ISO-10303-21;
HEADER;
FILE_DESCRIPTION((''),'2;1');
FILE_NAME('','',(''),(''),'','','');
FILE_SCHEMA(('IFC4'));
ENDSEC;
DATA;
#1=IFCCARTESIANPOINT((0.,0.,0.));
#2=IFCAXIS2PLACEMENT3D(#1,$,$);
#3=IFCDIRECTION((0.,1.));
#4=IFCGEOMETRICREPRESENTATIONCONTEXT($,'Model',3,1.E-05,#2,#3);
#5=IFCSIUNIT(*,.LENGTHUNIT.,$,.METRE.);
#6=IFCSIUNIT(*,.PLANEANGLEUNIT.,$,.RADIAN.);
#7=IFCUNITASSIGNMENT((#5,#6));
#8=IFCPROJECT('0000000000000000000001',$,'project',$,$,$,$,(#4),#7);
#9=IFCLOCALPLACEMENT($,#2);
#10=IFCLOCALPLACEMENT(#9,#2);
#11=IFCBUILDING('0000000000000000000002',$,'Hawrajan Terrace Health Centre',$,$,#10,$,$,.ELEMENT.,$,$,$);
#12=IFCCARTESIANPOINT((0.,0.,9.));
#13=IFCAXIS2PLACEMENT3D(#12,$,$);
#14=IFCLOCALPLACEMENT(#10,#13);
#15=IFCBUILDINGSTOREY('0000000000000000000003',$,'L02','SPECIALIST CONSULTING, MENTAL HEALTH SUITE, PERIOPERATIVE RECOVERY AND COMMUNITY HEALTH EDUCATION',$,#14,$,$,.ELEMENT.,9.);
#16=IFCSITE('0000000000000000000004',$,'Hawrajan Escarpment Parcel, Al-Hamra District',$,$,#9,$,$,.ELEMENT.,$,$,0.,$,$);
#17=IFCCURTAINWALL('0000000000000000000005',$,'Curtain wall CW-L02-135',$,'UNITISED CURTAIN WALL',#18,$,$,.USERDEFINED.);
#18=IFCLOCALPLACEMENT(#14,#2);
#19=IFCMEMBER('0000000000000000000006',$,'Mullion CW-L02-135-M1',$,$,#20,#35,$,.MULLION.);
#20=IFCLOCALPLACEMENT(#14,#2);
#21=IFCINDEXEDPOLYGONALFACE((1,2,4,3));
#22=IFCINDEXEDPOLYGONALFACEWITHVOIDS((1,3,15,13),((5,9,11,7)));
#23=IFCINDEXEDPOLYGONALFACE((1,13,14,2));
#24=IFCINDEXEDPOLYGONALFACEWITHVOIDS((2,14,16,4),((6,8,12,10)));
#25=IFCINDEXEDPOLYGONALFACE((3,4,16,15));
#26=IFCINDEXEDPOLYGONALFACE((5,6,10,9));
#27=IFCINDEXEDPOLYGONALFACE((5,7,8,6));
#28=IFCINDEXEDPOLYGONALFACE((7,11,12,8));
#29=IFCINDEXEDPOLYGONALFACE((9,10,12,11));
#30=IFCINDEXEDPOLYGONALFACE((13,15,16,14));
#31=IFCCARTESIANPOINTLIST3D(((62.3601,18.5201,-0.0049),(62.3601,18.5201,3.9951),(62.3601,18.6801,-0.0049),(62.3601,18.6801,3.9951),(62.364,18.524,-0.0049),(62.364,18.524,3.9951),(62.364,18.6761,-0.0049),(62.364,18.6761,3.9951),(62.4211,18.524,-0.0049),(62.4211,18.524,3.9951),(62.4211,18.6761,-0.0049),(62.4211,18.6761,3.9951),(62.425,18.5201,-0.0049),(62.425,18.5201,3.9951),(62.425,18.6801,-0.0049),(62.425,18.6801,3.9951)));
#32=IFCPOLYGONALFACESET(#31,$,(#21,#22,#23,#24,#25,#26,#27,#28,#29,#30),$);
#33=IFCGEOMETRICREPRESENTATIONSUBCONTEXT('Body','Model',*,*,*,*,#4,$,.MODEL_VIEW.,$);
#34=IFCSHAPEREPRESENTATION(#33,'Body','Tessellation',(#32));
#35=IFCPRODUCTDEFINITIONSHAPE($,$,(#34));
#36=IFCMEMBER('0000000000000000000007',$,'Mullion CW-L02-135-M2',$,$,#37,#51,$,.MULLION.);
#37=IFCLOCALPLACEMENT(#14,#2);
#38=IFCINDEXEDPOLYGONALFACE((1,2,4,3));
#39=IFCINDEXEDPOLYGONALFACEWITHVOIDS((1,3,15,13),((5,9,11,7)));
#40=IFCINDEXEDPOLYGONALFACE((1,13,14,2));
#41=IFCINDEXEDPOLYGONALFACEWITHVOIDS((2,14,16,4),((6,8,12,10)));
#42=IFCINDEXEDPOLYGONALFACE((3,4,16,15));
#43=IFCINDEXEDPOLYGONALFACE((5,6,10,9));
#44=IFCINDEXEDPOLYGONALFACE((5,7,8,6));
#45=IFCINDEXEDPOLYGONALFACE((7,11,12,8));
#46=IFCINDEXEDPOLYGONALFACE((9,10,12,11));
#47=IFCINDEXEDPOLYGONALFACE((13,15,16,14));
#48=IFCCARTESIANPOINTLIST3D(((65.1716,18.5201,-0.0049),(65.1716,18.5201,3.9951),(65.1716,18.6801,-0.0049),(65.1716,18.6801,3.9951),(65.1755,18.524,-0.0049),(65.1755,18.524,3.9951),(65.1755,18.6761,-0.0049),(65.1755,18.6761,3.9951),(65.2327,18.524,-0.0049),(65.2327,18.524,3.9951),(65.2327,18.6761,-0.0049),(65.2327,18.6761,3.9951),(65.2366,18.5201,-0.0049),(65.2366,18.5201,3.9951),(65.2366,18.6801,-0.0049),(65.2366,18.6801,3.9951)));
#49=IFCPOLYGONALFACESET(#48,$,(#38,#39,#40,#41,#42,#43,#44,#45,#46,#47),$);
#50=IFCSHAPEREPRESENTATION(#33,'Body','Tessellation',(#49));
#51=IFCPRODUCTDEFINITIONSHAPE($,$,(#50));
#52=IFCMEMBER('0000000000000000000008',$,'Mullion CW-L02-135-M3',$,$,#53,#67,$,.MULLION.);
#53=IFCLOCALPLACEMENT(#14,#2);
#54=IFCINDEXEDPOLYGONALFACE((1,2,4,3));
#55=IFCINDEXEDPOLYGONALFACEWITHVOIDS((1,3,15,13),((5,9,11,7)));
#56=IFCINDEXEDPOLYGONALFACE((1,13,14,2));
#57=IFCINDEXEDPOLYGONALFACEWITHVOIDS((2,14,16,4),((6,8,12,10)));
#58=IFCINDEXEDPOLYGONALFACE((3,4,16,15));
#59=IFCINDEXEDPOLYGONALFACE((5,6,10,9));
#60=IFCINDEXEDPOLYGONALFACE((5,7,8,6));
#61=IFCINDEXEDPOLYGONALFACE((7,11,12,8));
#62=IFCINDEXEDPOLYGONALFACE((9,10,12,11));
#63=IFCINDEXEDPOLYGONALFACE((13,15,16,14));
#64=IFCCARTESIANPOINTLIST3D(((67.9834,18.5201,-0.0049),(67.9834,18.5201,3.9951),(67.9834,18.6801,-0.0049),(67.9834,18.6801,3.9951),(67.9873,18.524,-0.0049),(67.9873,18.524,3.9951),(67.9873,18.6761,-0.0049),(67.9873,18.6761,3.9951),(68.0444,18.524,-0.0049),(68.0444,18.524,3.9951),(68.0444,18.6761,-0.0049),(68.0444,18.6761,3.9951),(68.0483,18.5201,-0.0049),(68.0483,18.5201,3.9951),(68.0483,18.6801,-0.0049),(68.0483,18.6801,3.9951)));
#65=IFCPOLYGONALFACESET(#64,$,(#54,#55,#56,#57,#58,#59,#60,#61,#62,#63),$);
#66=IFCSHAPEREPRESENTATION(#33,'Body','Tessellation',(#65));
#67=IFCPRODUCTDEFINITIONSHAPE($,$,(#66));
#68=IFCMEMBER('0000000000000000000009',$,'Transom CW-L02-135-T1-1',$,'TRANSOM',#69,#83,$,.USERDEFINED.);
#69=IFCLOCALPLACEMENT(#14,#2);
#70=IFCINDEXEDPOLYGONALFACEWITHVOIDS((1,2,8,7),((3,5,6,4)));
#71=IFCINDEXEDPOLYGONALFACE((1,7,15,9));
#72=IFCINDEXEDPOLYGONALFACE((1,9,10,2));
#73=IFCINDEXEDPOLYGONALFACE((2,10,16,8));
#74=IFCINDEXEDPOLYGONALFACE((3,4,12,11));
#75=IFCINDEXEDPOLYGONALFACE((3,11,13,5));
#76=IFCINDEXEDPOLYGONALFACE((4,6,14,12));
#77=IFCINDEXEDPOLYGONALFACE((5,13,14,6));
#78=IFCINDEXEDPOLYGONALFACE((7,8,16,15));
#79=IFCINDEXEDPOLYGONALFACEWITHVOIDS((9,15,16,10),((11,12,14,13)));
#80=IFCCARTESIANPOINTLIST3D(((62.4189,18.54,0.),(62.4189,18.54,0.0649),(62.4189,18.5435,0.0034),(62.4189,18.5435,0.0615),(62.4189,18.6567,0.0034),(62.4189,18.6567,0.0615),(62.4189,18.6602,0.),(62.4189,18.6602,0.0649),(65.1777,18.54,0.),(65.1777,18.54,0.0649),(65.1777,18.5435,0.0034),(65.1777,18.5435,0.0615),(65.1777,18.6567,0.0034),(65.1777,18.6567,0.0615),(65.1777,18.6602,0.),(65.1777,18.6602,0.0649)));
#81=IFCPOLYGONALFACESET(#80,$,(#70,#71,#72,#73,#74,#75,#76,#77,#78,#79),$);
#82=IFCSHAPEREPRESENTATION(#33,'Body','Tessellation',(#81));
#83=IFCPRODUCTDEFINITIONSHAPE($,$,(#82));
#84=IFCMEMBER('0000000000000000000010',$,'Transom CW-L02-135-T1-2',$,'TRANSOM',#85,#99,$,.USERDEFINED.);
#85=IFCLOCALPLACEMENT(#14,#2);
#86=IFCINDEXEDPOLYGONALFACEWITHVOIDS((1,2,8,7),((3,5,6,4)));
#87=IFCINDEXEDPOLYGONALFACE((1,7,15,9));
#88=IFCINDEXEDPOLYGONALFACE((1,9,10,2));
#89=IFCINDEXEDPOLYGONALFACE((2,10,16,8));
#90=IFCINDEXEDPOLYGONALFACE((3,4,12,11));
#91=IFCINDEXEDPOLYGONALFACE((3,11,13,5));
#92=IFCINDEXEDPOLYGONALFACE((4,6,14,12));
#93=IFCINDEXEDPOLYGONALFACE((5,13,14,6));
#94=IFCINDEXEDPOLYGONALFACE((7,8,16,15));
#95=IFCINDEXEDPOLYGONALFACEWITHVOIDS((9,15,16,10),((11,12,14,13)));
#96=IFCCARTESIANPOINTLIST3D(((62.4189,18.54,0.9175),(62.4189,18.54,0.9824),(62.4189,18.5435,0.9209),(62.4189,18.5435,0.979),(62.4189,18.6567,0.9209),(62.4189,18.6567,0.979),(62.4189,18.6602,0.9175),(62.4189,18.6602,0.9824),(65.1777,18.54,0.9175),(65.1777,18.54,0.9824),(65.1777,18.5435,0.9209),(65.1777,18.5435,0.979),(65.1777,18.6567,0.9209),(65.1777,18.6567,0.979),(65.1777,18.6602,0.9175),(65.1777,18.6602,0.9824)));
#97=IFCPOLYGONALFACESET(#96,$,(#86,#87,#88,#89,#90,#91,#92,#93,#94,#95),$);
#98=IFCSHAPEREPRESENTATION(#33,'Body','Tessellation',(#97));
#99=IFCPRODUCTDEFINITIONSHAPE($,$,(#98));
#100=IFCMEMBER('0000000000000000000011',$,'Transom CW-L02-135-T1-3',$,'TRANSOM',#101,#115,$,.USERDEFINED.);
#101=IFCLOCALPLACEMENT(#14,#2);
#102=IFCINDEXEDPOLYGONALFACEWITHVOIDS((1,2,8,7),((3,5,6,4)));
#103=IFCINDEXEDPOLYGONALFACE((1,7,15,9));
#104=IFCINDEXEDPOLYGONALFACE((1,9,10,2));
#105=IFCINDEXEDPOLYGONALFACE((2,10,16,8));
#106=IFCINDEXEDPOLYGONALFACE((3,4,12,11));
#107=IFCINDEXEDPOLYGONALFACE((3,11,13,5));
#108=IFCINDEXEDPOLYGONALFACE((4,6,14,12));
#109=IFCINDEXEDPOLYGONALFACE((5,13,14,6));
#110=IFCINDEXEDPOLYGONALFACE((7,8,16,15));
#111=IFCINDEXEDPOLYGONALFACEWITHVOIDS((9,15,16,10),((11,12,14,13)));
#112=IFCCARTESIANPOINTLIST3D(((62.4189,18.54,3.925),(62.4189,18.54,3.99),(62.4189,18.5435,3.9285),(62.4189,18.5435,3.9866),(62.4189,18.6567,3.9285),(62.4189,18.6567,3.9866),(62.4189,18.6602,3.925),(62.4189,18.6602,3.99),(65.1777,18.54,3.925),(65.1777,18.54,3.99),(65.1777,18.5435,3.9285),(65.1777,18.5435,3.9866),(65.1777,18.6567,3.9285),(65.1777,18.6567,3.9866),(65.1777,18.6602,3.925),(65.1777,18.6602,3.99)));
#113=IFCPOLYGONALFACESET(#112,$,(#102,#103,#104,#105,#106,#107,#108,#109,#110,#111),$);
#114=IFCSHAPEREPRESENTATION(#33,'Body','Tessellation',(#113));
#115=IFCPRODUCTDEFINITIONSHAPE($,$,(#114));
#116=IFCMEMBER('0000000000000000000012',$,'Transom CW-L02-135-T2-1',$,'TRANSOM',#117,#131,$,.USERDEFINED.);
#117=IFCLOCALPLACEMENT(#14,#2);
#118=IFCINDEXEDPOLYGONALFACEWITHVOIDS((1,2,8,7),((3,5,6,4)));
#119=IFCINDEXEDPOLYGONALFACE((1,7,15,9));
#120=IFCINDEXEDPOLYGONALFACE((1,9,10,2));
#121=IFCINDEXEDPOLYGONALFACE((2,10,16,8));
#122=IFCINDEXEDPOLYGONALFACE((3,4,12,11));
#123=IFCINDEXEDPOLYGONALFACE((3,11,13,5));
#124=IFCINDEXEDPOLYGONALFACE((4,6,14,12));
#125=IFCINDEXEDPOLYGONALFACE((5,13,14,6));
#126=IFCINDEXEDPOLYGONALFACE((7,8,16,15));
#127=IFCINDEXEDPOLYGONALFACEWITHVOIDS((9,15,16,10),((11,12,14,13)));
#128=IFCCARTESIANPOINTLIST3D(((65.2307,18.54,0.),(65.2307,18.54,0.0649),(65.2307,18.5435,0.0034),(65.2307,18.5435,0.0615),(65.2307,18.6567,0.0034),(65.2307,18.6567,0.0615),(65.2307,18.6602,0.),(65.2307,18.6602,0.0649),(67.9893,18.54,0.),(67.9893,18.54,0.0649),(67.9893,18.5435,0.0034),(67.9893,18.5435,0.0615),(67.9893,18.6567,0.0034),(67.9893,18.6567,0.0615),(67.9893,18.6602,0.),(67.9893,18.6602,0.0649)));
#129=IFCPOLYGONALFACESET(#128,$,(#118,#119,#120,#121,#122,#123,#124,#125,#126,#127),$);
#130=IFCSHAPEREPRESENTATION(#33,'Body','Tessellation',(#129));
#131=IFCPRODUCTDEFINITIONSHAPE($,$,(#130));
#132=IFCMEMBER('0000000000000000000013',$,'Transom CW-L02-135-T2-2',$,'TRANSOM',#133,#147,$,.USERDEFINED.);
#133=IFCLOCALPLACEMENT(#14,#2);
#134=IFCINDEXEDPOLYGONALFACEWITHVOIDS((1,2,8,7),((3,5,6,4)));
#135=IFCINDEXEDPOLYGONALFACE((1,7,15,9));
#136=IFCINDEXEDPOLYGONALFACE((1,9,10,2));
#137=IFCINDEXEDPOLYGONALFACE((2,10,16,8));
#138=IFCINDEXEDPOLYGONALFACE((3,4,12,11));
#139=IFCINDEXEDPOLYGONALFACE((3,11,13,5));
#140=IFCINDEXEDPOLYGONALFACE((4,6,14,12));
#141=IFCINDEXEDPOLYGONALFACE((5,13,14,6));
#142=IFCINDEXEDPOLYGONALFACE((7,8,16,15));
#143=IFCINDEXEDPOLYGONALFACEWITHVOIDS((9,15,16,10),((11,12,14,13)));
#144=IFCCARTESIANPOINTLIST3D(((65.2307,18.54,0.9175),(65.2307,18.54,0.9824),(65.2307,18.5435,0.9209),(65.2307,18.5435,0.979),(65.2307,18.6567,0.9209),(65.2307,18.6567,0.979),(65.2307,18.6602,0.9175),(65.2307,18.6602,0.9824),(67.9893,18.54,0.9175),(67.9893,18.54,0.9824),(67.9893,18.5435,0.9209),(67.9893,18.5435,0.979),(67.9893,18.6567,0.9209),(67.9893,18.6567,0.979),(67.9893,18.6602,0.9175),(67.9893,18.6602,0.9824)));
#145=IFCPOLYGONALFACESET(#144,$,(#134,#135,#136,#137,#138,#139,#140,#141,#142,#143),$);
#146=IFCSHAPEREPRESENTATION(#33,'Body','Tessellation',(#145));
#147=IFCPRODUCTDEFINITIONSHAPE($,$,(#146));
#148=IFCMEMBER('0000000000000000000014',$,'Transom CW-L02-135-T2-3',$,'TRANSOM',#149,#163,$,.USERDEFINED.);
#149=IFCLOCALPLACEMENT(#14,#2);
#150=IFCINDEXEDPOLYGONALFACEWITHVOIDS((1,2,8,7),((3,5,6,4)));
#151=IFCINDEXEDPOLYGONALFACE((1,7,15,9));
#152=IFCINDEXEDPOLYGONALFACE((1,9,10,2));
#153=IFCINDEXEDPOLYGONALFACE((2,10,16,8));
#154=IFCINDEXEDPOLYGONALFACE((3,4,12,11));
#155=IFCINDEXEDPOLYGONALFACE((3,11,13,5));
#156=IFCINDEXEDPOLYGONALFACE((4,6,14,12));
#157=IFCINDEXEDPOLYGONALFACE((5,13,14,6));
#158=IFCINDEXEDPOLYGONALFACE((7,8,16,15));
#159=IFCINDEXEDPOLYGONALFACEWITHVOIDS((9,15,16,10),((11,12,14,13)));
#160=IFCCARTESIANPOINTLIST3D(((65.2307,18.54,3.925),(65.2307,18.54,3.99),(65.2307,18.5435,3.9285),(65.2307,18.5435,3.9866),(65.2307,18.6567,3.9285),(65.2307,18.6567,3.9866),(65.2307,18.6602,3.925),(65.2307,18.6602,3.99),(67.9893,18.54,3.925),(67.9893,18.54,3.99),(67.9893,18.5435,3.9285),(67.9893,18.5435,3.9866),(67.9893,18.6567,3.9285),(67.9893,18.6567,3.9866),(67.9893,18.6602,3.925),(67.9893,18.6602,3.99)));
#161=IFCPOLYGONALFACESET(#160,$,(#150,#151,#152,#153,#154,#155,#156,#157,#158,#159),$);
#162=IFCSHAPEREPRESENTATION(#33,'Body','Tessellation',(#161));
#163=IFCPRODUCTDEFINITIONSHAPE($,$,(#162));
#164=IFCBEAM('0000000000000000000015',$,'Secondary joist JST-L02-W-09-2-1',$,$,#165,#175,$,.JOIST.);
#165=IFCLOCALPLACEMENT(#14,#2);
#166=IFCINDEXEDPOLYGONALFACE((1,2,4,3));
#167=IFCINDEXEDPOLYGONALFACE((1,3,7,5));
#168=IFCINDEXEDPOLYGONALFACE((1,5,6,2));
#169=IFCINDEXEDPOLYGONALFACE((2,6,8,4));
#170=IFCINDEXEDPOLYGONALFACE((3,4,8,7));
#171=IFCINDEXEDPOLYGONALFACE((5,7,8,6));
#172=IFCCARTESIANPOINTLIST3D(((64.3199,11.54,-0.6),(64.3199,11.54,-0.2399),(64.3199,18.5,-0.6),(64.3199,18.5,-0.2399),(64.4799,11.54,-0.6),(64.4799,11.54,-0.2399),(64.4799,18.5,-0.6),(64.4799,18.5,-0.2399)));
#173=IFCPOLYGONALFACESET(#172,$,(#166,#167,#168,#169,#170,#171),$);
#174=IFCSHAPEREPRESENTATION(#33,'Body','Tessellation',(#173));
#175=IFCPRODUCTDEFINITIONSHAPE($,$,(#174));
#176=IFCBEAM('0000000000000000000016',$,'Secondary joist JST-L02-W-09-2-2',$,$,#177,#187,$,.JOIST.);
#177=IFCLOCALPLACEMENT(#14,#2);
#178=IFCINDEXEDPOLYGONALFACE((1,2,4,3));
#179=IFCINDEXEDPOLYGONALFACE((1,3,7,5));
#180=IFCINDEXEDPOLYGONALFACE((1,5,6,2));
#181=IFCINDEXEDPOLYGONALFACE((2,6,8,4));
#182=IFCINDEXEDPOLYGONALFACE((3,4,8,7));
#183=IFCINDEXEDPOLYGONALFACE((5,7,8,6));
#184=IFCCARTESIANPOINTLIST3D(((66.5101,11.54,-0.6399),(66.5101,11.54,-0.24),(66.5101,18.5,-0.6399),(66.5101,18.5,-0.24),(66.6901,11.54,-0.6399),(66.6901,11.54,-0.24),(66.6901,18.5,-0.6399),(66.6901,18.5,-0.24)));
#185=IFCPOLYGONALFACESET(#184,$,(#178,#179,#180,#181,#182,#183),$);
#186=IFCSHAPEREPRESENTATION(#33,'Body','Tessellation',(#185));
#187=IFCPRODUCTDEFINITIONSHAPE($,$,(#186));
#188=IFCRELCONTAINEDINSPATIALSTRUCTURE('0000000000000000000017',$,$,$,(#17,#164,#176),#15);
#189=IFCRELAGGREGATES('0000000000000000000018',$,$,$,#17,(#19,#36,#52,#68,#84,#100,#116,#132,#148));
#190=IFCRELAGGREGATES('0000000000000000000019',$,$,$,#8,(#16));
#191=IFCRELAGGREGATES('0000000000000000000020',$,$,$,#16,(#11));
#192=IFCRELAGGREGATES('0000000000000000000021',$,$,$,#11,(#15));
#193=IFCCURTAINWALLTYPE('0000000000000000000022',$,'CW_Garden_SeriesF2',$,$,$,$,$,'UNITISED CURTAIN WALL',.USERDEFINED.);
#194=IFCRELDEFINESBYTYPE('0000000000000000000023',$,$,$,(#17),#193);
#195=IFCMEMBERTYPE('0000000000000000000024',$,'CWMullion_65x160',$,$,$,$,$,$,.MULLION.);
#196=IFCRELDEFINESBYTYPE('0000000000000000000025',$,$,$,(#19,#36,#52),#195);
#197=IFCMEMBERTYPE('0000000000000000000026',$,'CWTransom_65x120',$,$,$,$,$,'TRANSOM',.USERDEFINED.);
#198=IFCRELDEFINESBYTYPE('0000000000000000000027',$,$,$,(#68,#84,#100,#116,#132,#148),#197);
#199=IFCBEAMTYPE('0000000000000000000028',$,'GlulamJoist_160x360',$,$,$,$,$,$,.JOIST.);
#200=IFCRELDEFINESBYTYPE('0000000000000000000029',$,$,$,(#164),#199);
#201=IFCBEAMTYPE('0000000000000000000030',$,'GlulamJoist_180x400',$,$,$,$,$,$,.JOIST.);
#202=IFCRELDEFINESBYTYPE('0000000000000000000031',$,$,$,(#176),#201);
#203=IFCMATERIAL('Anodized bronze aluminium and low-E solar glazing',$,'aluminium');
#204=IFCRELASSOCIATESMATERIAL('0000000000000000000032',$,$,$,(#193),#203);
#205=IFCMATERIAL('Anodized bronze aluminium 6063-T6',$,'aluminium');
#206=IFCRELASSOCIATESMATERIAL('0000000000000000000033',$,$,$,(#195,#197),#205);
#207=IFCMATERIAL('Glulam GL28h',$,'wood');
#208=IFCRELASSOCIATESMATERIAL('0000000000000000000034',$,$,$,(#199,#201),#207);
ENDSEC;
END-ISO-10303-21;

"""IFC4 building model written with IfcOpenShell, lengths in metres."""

from ifc_helpers import new_model, si_unit, direction, frame, origin, origin_2d, place, context, subcontext, project, spatial, rectangle, hollow_rectangle, extrude, material, material_profile, profile_set, type_object, element, aggregate, save


model = new_model("IFC4")

# Units and contexts
model_context = context("Model", 3, precision=1e-05, world=origin(), true_north=direction((0.0, 1.0)))
body_context = subcontext(model_context, "Body", "Model", "MODEL_VIEW")
ifc_project = project(units=[si_unit("LENGTHUNIT", "METRE"), si_unit("PLANEANGLEUNIT", "RADIAN")], contexts=[model_context])

# Site, building, storey
site_placement = place(None, origin())
site = spatial("IfcSite", under=ifc_project, at=site_placement, Name="Hawrajan Escarpment Parcel, Al-Hamra District", CompositionType="ELEMENT", RefElevation=0.0)
building_placement = place(site_placement, origin())
building = spatial("IfcBuilding", under=site, at=building_placement, Name="Hawrajan Terrace Health Centre", CompositionType="ELEMENT")
storey_placement = place(building_placement, frame((0.0, 0.0, 9.0)))
storey = spatial("IfcBuildingStorey", under=building, at=storey_placement, Name="L02", Description="SPECIALIST CONSULTING, MENTAL HEALTH SUITE, PERIOPERATIVE RECOVERY AND COMMUNITY HEALTH EDUCATION", CompositionType="ELEMENT", Elevation=9.0)

# Curtain wall, members
ifc_material_1 = material(Name="Anodized bronze aluminium and low-E solar glazing", Category="aluminium")
curtain_wall_type = type_object("IfcCurtainWallType", Name="CW_Garden_SeriesF2", ElementType="UNITISED CURTAIN WALL", PredefinedType="USERDEFINED", material=ifc_material_1)
curtain_wall_placement = place(storey_placement, origin())
curtain_wall = element("IfcCurtainWall", 1, at=curtain_wall_placement, inside=storey, type_object=curtain_wall_type, Name="Curtain wall CW-L02-135", ObjectType="UNITISED CURTAIN WALL", PredefinedType="USERDEFINED")
ifc_material_2 = material(Name="Anodized bronze aluminium 6063-T6", Category="aluminium")
ifc_material_profile_1 = material_profile(ifc_material_2, hollow_rectangle(XDim=0.0649, YDim=0.1599, WallThickness=0.0039, at=origin_2d()), Name="CW MUL 65x160")
ifc_profile_set_1 = profile_set([ifc_material_profile_1], Name="Anodized bronze aluminium 6063-T6")
member_type_1 = type_object("IfcMemberType", Name="CWMullion_65x160", PredefinedType="MULLION", material=ifc_profile_set_1)
member_1_placement = place(storey_placement, frame((62.3926, 18.6001, -0.0049), z_axis=(0.0, 0.0, 1.0), x_axis=(1.0, 0.0, 0.0)))
member_1 = element("IfcMember", 2, at=member_1_placement, type_object=member_type_1, Name="Mullion CW-L02-135-M1", PredefinedType="MULLION", context=body_context, shape_type="SweptSolid", body=[
    extrude(hollow_rectangle(XDim=0.0649, YDim=0.1599, WallThickness=0.0039, at=origin_2d()), origin(), (0.0, 0.0, 1.0), 4.0),
])
member_2_placement = place(storey_placement, frame((65.2041, 18.6001, -0.0049), z_axis=(0.0, 0.0, 1.0), x_axis=(1.0, 0.0, 0.0)))
member_2 = element("IfcMember", 3, at=member_2_placement, type_object=member_type_1, Name="Mullion CW-L02-135-M2", PredefinedType="MULLION", context=body_context, shape_type="SweptSolid", body=[
    extrude(hollow_rectangle(XDim=0.0649, YDim=0.1599, WallThickness=0.0039, at=origin_2d()), origin(), (0.0, 0.0, 1.0), 4.0),
])
member_3_placement = place(storey_placement, frame((68.0159, 18.6001, -0.0049), z_axis=(0.0, 0.0, 1.0), x_axis=(1.0, 0.0, 0.0)))
member_3 = element("IfcMember", 4, at=member_3_placement, type_object=member_type_1, Name="Mullion CW-L02-135-M3", PredefinedType="MULLION", context=body_context, shape_type="SweptSolid", body=[
    extrude(hollow_rectangle(XDim=0.0649, YDim=0.1599, WallThickness=0.0039, at=origin_2d()), origin(), (0.0, 0.0, 1.0), 4.0),
])
ifc_material_profile_2 = material_profile(ifc_material_2, hollow_rectangle(XDim=0.0649, YDim=0.1201, WallThickness=0.0034, at=origin_2d()), Name="CW TRN 65x120")
ifc_profile_set_2 = profile_set([ifc_material_profile_2], Name="Anodized bronze aluminium 6063-T6")
member_type_2 = type_object("IfcMemberType", Name="CWTransom_65x120", ElementType="TRANSOM", PredefinedType="USERDEFINED", material=ifc_profile_set_2)
member_4_placement = place(storey_placement, frame((62.4189, 18.6001, 0.0325), z_axis=(1.0, 0.0, 0.0), x_axis=(0.0, 0.0, 1.0)))
member_4 = element("IfcMember", 5, at=member_4_placement, type_object=member_type_2, Name="Transom CW-L02-135-T1-1", ObjectType="TRANSOM", PredefinedType="USERDEFINED", context=body_context, shape_type="SweptSolid", body=[
    extrude(hollow_rectangle(XDim=0.0649, YDim=0.1201, WallThickness=0.0034, at=origin_2d()), origin(), (0.0, 0.0, 1.0), 2.7588),
])
member_5_placement = place(storey_placement, frame((62.4189, 18.6001, 0.95), z_axis=(1.0, 0.0, 0.0), x_axis=(0.0, 0.0, 1.0)))
member_5 = element("IfcMember", 6, at=member_5_placement, type_object=member_type_2, Name="Transom CW-L02-135-T1-2", ObjectType="TRANSOM", PredefinedType="USERDEFINED", context=body_context, shape_type="SweptSolid", body=[
    extrude(hollow_rectangle(XDim=0.0649, YDim=0.1201, WallThickness=0.0034, at=origin_2d()), origin(), (0.0, 0.0, 1.0), 2.7588),
])
member_6_placement = place(storey_placement, frame((62.4189, 18.6001, 3.9575), z_axis=(1.0, 0.0, 0.0), x_axis=(0.0, 0.0, 1.0)))
member_6 = element("IfcMember", 7, at=member_6_placement, type_object=member_type_2, Name="Transom CW-L02-135-T1-3", ObjectType="TRANSOM", PredefinedType="USERDEFINED", context=body_context, shape_type="SweptSolid", body=[
    extrude(hollow_rectangle(XDim=0.0649, YDim=0.1201, WallThickness=0.0034, at=origin_2d()), origin(), (0.0, 0.0, 1.0), 2.7588),
])
member_7_placement = place(storey_placement, frame((65.2307, 18.6001, 0.0325), z_axis=(1.0, 0.0, 0.0), x_axis=(0.0, 0.0, 1.0)))
member_7 = element("IfcMember", 8, at=member_7_placement, type_object=member_type_2, Name="Transom CW-L02-135-T2-1", ObjectType="TRANSOM", PredefinedType="USERDEFINED", context=body_context, shape_type="SweptSolid", body=[
    extrude(hollow_rectangle(XDim=0.0649, YDim=0.1201, WallThickness=0.0034, at=origin_2d()), origin(), (0.0, 0.0, 1.0), 2.7585),
])
member_8_placement = place(storey_placement, frame((65.2307, 18.6001, 0.95), z_axis=(1.0, 0.0, 0.0), x_axis=(0.0, 0.0, 1.0)))
member_8 = element("IfcMember", 9, at=member_8_placement, type_object=member_type_2, Name="Transom CW-L02-135-T2-2", ObjectType="TRANSOM", PredefinedType="USERDEFINED", context=body_context, shape_type="SweptSolid", body=[
    extrude(hollow_rectangle(XDim=0.0649, YDim=0.1201, WallThickness=0.0034, at=origin_2d()), origin(), (0.0, 0.0, 1.0), 2.7585),
])
member_9_placement = place(storey_placement, frame((65.2307, 18.6001, 3.9575), z_axis=(1.0, 0.0, 0.0), x_axis=(0.0, 0.0, 1.0)))
member_9 = element("IfcMember", 10, at=member_9_placement, type_object=member_type_2, Name="Transom CW-L02-135-T2-3", ObjectType="TRANSOM", PredefinedType="USERDEFINED", context=body_context, shape_type="SweptSolid", body=[
    extrude(hollow_rectangle(XDim=0.0649, YDim=0.1201, WallThickness=0.0034, at=origin_2d()), origin(), (0.0, 0.0, 1.0), 2.7585),
])

# Beams
ifc_material_3 = material(Name="Glulam GL28h", Category="wood")
ifc_material_profile_3 = material_profile(ifc_material_3, rectangle(XDim=0.1599, YDim=0.3601, at=origin_2d()), Name="GL JST 160x360")
ifc_profile_set_3 = profile_set([ifc_material_profile_3], Name="Glulam GL28h")
beam_type_1 = type_object("IfcBeamType", Name="GlulamJoist_160x360", PredefinedType="JOIST", material=ifc_profile_set_3)
beam_1_placement = place(storey_placement, frame((64.3999, 11.54, -0.4199), z_axis=(0.0, 1.0, 0.0), x_axis=(-1.0, 0.0, 0.0)))
element("IfcBeam", 11, at=beam_1_placement, inside=storey, type_object=beam_type_1, Name="Secondary joist JST-L02-W-09-2-1", PredefinedType="JOIST", context=body_context, shape_type="SweptSolid", body=[
    extrude(rectangle(XDim=0.1599, YDim=0.3601, at=origin_2d()), origin(), (0.0, 0.0, 1.0), 6.96),
])
ifc_material_profile_4 = material_profile(ifc_material_3, rectangle(XDim=0.1799, YDim=0.3999, at=origin_2d()), Name="GL JST 180x400")
ifc_profile_set_4 = profile_set([ifc_material_profile_4], Name="Glulam GL28h")
beam_type_2 = type_object("IfcBeamType", Name="GlulamJoist_180x400", PredefinedType="JOIST", material=ifc_profile_set_4)
beam_2_placement = place(storey_placement, frame((66.6001, 11.54, -0.4399), z_axis=(0.0, 1.0, 0.0), x_axis=(-1.0, 0.0, 0.0)))
element("IfcBeam", 12, at=beam_2_placement, inside=storey, type_object=beam_type_2, Name="Secondary joist JST-L02-W-09-2-2", PredefinedType="JOIST", context=body_context, shape_type="SweptSolid", body=[
    extrude(rectangle(XDim=0.1799, YDim=0.3999, at=origin_2d()), origin(), (0.0, 0.0, 1.0), 6.96),
])

aggregate(curtain_wall, [member_1, member_2, member_3, member_4, member_5, member_6, member_7, member_8, member_9])

save(model, "model.ifc")
